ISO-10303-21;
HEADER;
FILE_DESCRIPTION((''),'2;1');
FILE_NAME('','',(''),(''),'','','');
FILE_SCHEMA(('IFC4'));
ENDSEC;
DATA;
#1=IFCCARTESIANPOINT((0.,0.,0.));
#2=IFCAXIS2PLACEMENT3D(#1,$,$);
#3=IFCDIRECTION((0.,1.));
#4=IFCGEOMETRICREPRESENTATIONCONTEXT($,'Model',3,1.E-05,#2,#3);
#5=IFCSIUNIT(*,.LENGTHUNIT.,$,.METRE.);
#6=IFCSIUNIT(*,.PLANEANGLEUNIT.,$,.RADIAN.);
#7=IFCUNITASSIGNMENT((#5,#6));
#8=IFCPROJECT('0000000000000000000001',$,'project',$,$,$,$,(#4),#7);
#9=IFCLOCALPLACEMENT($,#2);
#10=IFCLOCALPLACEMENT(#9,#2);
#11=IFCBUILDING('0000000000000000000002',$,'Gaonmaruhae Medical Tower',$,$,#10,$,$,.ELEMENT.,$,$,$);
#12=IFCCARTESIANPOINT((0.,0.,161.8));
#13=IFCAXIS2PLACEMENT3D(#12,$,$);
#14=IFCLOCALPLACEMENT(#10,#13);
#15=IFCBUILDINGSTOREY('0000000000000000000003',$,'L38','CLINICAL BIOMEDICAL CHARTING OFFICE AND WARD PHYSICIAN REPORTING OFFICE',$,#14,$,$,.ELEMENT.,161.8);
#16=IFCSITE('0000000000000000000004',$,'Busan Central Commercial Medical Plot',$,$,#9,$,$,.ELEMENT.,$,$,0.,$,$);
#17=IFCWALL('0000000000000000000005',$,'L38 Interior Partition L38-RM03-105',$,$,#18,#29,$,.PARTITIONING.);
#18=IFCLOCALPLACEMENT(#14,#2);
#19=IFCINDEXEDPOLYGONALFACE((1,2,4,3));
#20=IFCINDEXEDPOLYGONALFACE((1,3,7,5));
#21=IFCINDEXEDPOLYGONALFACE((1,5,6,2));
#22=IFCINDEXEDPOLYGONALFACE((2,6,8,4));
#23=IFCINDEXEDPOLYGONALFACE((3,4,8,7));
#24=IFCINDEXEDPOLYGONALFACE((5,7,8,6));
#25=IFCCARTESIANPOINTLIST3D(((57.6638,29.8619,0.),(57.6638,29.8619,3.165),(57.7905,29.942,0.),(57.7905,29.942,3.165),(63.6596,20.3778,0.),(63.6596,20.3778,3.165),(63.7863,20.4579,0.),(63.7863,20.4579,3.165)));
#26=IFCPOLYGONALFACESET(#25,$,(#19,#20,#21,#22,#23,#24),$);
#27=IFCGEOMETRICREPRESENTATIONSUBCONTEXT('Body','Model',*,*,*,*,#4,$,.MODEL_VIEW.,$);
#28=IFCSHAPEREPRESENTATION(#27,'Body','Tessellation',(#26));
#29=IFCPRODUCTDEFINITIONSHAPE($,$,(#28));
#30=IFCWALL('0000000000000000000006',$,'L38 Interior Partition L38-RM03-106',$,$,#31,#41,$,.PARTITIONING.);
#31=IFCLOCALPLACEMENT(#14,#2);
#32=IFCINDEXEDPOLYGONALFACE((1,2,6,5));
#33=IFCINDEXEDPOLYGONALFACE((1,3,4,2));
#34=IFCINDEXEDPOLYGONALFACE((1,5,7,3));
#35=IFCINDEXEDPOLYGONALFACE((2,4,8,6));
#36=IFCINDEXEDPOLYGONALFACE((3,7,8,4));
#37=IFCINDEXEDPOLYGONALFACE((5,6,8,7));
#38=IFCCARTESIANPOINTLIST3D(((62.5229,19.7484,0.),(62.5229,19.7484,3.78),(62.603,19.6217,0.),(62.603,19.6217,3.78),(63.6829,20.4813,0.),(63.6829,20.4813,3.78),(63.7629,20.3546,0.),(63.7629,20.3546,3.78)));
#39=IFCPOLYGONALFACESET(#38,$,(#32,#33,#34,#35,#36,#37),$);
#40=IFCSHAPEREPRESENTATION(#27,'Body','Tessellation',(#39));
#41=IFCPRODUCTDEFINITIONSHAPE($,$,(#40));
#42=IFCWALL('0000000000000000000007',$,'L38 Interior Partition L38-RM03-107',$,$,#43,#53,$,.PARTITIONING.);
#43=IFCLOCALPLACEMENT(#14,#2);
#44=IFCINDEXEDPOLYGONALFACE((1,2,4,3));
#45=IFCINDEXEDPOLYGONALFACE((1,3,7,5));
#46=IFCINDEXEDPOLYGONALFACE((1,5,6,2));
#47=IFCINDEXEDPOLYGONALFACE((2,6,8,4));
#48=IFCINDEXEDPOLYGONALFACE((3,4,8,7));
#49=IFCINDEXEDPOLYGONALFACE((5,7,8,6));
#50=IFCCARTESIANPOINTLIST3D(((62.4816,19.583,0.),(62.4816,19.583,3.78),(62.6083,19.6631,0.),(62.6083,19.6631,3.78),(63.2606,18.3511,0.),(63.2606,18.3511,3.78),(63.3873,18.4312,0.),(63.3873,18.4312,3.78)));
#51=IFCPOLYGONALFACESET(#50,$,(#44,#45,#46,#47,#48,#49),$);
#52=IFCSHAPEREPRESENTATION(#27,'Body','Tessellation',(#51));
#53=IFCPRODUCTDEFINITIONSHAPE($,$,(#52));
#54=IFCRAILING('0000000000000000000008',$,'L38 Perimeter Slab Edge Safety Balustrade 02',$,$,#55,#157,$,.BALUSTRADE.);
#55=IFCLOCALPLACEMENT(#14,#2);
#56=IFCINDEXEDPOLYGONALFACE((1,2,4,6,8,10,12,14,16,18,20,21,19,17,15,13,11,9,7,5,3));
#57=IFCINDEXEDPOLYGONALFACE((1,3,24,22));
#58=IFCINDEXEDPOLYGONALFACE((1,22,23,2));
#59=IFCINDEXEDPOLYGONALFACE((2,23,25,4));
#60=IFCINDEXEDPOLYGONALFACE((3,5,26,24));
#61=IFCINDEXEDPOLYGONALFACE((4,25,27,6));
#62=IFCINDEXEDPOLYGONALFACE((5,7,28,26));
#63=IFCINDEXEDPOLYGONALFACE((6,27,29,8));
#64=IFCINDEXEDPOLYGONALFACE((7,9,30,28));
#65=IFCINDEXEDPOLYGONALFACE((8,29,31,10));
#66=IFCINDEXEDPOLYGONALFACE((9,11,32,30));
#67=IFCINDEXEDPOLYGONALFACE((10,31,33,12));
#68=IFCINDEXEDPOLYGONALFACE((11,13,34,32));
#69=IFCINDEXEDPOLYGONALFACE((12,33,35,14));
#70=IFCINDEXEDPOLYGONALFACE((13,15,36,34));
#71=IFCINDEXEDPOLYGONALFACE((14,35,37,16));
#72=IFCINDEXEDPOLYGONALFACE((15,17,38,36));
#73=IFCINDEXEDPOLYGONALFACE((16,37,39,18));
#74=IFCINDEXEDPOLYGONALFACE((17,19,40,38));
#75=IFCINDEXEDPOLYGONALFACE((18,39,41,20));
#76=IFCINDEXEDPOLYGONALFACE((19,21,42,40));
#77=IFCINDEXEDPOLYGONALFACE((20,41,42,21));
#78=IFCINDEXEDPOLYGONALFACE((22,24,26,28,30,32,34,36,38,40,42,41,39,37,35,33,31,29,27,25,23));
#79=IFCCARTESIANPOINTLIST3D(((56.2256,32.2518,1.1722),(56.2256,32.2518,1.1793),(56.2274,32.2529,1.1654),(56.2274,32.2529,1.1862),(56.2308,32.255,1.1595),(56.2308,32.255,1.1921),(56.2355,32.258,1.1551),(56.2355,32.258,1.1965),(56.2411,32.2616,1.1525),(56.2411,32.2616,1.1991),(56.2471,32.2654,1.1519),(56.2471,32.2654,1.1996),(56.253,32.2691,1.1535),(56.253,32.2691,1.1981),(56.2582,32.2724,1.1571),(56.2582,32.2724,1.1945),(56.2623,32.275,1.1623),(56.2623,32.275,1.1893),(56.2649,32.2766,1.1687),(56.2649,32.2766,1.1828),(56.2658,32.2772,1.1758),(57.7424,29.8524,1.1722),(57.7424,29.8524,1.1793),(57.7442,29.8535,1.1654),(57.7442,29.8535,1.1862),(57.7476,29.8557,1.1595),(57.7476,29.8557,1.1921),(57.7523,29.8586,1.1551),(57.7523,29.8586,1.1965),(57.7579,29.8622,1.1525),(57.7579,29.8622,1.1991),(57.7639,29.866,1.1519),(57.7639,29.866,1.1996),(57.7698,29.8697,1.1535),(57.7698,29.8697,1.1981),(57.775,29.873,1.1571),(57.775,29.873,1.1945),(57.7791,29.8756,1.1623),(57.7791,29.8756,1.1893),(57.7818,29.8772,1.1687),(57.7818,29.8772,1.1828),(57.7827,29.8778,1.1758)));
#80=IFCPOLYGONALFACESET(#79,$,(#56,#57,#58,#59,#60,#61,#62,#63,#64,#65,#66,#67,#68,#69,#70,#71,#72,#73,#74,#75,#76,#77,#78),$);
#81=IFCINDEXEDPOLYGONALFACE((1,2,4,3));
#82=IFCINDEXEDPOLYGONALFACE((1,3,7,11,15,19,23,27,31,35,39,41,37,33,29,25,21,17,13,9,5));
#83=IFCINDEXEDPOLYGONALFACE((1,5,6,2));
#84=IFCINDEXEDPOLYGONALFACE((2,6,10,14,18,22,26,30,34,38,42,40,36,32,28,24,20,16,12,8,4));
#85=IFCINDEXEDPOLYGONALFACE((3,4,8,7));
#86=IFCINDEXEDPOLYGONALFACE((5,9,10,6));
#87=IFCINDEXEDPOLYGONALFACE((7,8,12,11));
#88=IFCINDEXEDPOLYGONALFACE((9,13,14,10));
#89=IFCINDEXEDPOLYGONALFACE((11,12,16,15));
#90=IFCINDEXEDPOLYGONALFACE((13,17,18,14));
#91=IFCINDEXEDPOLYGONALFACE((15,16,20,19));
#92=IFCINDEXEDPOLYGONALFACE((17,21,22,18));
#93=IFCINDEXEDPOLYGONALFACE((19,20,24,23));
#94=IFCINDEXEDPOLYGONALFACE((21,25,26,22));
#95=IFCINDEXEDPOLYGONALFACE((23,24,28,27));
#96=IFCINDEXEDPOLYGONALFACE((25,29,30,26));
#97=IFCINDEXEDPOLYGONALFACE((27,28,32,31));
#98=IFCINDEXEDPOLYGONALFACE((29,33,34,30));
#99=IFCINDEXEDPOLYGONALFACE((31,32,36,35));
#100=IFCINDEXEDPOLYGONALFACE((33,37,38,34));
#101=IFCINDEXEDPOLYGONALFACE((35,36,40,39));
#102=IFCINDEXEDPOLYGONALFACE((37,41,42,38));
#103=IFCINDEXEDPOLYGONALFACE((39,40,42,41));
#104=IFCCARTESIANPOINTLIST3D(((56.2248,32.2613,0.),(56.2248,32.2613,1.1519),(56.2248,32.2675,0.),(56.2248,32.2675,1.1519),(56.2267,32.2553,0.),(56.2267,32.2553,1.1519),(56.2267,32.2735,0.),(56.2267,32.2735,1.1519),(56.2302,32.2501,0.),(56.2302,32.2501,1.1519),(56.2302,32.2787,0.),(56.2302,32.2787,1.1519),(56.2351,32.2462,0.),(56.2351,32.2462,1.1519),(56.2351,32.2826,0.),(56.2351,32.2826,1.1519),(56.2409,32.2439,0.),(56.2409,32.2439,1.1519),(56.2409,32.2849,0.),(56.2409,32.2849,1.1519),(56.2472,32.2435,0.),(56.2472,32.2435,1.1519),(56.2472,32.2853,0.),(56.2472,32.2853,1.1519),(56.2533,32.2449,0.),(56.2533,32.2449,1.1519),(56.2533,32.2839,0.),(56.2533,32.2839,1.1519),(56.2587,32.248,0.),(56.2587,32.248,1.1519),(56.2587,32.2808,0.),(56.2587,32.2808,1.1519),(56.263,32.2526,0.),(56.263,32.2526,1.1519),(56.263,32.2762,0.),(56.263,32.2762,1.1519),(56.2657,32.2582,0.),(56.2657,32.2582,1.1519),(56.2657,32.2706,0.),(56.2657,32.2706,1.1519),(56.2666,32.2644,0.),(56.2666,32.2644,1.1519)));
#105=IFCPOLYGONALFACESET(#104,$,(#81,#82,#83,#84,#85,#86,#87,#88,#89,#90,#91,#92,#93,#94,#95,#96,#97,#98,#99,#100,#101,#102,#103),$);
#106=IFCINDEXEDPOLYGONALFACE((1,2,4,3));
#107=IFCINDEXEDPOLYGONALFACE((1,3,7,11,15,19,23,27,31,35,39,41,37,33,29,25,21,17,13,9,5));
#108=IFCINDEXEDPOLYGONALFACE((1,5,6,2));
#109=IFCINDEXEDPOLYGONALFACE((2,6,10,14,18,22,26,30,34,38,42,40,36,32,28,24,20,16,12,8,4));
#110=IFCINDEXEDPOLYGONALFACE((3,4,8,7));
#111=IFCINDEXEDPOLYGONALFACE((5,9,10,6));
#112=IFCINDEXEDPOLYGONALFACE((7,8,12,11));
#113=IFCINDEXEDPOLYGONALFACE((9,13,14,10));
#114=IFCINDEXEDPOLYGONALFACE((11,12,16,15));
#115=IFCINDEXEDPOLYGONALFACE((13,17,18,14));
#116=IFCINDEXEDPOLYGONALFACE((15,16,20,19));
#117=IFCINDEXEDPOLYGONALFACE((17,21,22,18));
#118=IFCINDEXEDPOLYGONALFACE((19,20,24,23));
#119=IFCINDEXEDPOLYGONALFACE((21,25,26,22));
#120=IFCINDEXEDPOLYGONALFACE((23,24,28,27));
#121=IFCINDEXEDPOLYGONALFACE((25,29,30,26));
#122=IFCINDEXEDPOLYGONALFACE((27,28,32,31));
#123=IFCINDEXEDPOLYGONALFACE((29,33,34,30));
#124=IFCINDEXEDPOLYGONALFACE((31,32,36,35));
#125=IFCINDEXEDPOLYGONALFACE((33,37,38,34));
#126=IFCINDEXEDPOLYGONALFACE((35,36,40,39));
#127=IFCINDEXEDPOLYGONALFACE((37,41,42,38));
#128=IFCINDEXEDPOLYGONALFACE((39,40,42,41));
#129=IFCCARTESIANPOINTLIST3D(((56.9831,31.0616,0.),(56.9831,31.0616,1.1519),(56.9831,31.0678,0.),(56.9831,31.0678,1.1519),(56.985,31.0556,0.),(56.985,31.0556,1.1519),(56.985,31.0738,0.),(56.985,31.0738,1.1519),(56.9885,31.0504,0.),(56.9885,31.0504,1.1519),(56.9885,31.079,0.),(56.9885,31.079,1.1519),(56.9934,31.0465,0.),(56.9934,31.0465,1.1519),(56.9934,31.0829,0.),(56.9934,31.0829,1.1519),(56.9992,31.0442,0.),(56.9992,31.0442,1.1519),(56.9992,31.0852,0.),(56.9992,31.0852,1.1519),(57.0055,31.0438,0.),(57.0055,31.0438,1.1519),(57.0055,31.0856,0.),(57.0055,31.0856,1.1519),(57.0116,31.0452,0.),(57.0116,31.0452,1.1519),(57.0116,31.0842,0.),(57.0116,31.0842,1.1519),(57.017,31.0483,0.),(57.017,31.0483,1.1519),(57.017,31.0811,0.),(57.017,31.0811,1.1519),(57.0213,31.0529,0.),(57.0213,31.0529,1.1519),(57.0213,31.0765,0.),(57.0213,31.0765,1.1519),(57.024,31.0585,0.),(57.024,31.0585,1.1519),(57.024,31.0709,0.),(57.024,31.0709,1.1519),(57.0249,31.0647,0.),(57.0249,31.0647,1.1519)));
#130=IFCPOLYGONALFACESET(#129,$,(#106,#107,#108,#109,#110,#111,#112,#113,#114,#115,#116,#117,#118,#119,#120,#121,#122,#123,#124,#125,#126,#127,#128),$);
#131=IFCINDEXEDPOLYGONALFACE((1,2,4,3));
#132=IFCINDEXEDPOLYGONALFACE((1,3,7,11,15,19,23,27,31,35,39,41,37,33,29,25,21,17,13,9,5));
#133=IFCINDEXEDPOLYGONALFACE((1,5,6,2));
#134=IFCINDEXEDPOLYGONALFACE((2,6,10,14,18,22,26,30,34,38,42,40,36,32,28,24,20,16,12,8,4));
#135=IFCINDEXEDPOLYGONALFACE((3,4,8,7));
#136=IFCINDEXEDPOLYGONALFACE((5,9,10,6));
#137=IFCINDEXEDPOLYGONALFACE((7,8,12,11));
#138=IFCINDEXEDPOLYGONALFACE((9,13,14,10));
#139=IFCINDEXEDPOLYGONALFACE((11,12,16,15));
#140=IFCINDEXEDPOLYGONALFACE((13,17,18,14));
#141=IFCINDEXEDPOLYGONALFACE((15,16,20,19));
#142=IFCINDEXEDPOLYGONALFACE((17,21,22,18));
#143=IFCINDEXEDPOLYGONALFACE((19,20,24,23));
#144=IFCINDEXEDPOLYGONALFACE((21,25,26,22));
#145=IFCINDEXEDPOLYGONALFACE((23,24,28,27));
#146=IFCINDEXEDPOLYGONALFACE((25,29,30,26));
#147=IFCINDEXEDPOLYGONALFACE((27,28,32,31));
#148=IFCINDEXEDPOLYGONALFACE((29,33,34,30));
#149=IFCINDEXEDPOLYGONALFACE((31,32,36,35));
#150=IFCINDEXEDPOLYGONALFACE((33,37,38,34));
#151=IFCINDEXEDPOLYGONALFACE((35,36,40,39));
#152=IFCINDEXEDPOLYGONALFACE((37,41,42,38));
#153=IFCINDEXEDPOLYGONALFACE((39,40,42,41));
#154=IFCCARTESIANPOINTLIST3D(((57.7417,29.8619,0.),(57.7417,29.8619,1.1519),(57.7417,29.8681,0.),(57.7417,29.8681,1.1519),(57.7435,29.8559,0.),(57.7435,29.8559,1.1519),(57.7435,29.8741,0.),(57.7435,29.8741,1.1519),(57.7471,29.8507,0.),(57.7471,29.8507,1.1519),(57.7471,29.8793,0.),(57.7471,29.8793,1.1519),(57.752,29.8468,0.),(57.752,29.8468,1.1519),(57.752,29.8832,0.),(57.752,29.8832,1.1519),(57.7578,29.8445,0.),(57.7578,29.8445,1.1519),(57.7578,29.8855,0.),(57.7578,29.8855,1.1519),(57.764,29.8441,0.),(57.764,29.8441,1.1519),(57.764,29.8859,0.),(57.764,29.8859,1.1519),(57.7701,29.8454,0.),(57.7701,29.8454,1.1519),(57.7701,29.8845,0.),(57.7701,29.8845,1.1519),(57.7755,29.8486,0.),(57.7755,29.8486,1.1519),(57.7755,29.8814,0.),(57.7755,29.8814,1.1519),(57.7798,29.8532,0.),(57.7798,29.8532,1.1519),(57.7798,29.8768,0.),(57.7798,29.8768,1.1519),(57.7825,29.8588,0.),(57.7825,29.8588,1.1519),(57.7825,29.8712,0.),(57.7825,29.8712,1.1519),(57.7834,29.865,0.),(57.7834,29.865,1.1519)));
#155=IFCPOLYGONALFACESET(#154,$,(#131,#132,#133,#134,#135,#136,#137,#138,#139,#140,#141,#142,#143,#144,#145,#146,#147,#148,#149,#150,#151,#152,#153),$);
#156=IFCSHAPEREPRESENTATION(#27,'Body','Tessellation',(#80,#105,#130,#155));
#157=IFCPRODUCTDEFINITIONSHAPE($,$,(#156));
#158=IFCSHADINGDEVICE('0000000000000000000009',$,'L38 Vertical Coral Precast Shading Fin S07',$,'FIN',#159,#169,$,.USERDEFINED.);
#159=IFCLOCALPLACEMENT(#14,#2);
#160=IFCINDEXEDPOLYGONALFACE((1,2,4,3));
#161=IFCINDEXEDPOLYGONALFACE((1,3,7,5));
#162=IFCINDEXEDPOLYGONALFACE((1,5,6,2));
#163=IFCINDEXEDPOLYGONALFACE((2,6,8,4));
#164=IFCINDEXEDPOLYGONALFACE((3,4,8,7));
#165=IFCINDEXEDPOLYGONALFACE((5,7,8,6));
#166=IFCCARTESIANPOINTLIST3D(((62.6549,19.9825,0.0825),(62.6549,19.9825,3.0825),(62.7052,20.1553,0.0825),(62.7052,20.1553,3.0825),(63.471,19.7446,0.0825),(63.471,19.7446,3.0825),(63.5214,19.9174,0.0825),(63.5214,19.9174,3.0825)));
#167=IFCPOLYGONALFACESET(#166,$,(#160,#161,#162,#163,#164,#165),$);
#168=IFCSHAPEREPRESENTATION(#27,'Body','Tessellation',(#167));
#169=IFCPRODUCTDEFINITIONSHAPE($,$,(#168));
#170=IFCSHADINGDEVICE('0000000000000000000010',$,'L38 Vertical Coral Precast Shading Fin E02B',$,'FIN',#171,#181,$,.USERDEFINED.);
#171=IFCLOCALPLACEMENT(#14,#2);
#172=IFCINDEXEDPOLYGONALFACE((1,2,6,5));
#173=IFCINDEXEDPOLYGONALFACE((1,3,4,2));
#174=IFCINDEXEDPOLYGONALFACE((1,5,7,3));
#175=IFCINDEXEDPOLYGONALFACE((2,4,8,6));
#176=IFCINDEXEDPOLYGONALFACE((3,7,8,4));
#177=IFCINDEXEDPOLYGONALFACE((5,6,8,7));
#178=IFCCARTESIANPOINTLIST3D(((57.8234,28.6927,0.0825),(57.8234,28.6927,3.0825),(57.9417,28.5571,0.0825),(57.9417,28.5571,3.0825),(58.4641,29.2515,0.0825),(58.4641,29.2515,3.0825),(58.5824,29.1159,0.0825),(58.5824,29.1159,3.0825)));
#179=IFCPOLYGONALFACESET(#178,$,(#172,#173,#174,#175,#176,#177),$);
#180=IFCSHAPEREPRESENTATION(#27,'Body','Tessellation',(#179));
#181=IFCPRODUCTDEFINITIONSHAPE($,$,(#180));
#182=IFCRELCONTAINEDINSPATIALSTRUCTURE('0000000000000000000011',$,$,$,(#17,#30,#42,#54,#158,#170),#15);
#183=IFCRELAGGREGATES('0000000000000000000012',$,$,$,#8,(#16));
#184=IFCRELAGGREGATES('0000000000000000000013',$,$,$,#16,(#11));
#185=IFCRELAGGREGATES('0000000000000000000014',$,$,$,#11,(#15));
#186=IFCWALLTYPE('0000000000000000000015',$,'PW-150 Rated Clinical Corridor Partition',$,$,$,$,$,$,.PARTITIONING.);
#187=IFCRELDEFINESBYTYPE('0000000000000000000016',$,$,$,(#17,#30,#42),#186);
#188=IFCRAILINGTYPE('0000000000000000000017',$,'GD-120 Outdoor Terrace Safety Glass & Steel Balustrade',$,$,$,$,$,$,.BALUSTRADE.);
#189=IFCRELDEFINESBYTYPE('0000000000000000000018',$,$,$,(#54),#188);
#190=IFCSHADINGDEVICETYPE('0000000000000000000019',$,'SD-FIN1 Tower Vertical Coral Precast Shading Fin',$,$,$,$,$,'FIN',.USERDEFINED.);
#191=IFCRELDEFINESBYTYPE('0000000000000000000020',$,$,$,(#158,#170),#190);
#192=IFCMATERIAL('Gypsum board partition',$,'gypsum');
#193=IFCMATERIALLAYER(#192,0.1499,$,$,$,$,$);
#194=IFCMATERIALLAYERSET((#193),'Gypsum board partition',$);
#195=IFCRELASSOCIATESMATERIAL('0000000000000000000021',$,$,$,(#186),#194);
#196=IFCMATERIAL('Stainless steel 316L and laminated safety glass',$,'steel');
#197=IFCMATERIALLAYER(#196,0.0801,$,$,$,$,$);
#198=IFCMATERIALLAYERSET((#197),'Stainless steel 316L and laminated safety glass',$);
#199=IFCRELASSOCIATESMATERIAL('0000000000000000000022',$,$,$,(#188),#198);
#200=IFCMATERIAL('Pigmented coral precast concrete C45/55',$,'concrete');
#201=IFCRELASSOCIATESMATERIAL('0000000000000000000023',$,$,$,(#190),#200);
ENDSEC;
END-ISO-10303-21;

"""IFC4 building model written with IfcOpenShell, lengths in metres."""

from ifc_helpers import new_model, si_unit, direction, frame, frame_2d, origin, origin_2d, place, context, subcontext, project, spatial, rectangle, circle, extrude, material, layer, layer_set, type_object, element, save


model = new_model("IFC4")

# Units and contexts
model_context = context("Model", 3, precision=1e-05, world=origin(), true_north=direction((0.0, 1.0)))
body_context = subcontext(model_context, "Body", "Model", "MODEL_VIEW")
ifc_project = project(units=[si_unit("LENGTHUNIT", "METRE"), si_unit("PLANEANGLEUNIT", "RADIAN")], contexts=[model_context])

# Site, building, storey
site_placement = place(None, origin())
site = spatial("IfcSite", under=ifc_project, at=site_placement, Name="Busan Central Commercial Medical Plot", CompositionType="ELEMENT", RefElevation=0.0)
building_placement = place(site_placement, origin())
building = spatial("IfcBuilding", under=site, at=building_placement, Name="Gaonmaruhae Medical Tower", CompositionType="ELEMENT")
storey_placement = place(building_placement, frame((0.0, 0.0, 161.8)))
storey = spatial("IfcBuildingStorey", under=building, at=storey_placement, Name="L38", Description="CLINICAL BIOMEDICAL CHARTING OFFICE AND WARD PHYSICIAN REPORTING OFFICE", CompositionType="ELEMENT", Elevation=161.8)

# Shared definitions
ifc_material_1 = material(Name="Gypsum board partition", Category="gypsum")
ifc_layer_1 = layer(ifc_material_1, 0.1499)
ifc_layer_set_1 = layer_set([ifc_layer_1], Name="Gypsum board partition")
wall_type_1 = type_object("IfcWallType", Name="PW-150 Rated Clinical Corridor Partition", PredefinedType="PARTITIONING", material=ifc_layer_set_1)

# Walls
wall_1_placement = place(storey_placement, frame((57.7271, 29.9021, 0.0), z_axis=(0.0, 0.0, 1.0), x_axis=(0.534367, -0.845253, 0.0)))
element("IfcWall", 1, at=wall_1_placement, inside=storey, type_object=wall_type_1, Name="L38 Interior Partition L38-RM03-105", PredefinedType="PARTITIONING", context=body_context, shape_type="SweptSolid", body=[
    extrude(rectangle(XDim=11.2205, YDim=0.1499, at=frame_2d((5.6104, 0.0))), origin(), (0.0, 0.0, 1.0), 3.165),
])
wall_2_placement = place(storey_placement, frame((63.7229, 20.418, 0.0), z_axis=(0.0, 0.0, 1.0), x_axis=(-0.845379, -0.534167, 0.0)))
element("IfcWall", 2, at=wall_2_placement, inside=storey, type_object=wall_type_1, Name="L38 Interior Partition L38-RM03-106", PredefinedType="PARTITIONING", context=body_context, shape_type="SweptSolid", body=[
    extrude(rectangle(XDim=1.3721, YDim=0.1499, at=frame_2d((0.686, 0.0))), origin(), (0.0, 0.0, 1.0), 3.78),
])
wall_3_placement = place(storey_placement, frame((62.5449, 19.623, 0.0), z_axis=(0.0, 0.0, 1.0), x_axis=(0.534478, -0.845182, 0.0)))
element("IfcWall", 3, at=wall_3_placement, inside=storey, type_object=wall_type_1, Name="L38 Interior Partition L38-RM03-107", PredefinedType="PARTITIONING", context=body_context, shape_type="SweptSolid", body=[
    extrude(rectangle(XDim=1.4575, YDim=0.1499, at=frame_2d((0.7288, 0.0))), origin(), (0.0, 0.0, 1.0), 3.78),
])

# Railing
ifc_material_2 = material(Name="Stainless steel 316L and laminated safety glass", Category="steel")
ifc_layer_2 = layer(ifc_material_2, 0.0801)
ifc_layer_set_2 = layer_set([ifc_layer_2], Name="Stainless steel 316L and laminated safety glass")
railing_type = type_object("IfcRailingType", Name="GD-120 Outdoor Terrace Safety Glass & Steel Balustrade", PredefinedType="BALUSTRADE", material=ifc_layer_set_2)
railing_placement = place(storey_placement, frame((56.2456, 32.2644, 0.0)))
element("IfcRailing", 4, at=railing_placement, inside=storey, type_object=railing_type, Name="L38 Perimeter Slab Edge Safety Balustrade 02", PredefinedType="BALUSTRADE", context=body_context, shape_type="SweptSolid", body=[
    extrude(circle(Radius=0.0239, at=origin_2d()), frame((0.0, 0.0, 1.1758), z_axis=(0.534352, -0.845262, 0.0), x_axis=(0.845262, 0.534352, 0.0)), (0.0, 0.0, 1.0), 2.8386),
    extrude(circle(Radius=0.021, at=origin_2d()), origin(), (0.0, 0.0, 1.0), 1.1519),
    extrude(circle(Radius=0.021, at=origin_2d()), frame((0.7583, -1.1997, 0.0)), (0.0, 0.0, 1.0), 1.1519),
    extrude(circle(Radius=0.021, at=origin_2d()), frame((1.5168, -2.3994, 0.0)), (0.0, 0.0, 1.0), 1.1519),
])

# Shading devices
ifc_material_3 = material(Name="Pigmented coral precast concrete C45/55", Category="concrete")
shading_device_type = type_object("IfcShadingDeviceType", Name="SD-FIN1 Tower Vertical Coral Precast Shading Fin", ElementType="FIN", PredefinedType="USERDEFINED", material=ifc_material_3)
for number, where, z_axis, x_axis, name in (
    (5, (63.0881, 19.95, 0.0825), (0.0, 0.0, 1.0), (-0.279863, -0.96004, 0.0), "L38 Vertical Coral Precast Shading Fin S07"),
    (6, (58.2029, 28.9043, 0.0825), (0.0, 0.0, 1.0), (0.657244, -0.753678, 0.0), "L38 Vertical Coral Precast Shading Fin E02B"),
):
    element("IfcShadingDevice", number, at=place(storey_placement, frame(where, z_axis=z_axis, x_axis=x_axis)), inside=storey, type_object=shading_device_type, Name=name, ObjectType="FIN", PredefinedType="USERDEFINED", context=body_context, shape_type="SweptSolid", body=[
        extrude(rectangle(XDim=0.1799, YDim=0.8501, at=origin_2d()), origin(), (0.0, 0.0, 1.0), 3.0),
    ])

save(model, "model.ifc")
